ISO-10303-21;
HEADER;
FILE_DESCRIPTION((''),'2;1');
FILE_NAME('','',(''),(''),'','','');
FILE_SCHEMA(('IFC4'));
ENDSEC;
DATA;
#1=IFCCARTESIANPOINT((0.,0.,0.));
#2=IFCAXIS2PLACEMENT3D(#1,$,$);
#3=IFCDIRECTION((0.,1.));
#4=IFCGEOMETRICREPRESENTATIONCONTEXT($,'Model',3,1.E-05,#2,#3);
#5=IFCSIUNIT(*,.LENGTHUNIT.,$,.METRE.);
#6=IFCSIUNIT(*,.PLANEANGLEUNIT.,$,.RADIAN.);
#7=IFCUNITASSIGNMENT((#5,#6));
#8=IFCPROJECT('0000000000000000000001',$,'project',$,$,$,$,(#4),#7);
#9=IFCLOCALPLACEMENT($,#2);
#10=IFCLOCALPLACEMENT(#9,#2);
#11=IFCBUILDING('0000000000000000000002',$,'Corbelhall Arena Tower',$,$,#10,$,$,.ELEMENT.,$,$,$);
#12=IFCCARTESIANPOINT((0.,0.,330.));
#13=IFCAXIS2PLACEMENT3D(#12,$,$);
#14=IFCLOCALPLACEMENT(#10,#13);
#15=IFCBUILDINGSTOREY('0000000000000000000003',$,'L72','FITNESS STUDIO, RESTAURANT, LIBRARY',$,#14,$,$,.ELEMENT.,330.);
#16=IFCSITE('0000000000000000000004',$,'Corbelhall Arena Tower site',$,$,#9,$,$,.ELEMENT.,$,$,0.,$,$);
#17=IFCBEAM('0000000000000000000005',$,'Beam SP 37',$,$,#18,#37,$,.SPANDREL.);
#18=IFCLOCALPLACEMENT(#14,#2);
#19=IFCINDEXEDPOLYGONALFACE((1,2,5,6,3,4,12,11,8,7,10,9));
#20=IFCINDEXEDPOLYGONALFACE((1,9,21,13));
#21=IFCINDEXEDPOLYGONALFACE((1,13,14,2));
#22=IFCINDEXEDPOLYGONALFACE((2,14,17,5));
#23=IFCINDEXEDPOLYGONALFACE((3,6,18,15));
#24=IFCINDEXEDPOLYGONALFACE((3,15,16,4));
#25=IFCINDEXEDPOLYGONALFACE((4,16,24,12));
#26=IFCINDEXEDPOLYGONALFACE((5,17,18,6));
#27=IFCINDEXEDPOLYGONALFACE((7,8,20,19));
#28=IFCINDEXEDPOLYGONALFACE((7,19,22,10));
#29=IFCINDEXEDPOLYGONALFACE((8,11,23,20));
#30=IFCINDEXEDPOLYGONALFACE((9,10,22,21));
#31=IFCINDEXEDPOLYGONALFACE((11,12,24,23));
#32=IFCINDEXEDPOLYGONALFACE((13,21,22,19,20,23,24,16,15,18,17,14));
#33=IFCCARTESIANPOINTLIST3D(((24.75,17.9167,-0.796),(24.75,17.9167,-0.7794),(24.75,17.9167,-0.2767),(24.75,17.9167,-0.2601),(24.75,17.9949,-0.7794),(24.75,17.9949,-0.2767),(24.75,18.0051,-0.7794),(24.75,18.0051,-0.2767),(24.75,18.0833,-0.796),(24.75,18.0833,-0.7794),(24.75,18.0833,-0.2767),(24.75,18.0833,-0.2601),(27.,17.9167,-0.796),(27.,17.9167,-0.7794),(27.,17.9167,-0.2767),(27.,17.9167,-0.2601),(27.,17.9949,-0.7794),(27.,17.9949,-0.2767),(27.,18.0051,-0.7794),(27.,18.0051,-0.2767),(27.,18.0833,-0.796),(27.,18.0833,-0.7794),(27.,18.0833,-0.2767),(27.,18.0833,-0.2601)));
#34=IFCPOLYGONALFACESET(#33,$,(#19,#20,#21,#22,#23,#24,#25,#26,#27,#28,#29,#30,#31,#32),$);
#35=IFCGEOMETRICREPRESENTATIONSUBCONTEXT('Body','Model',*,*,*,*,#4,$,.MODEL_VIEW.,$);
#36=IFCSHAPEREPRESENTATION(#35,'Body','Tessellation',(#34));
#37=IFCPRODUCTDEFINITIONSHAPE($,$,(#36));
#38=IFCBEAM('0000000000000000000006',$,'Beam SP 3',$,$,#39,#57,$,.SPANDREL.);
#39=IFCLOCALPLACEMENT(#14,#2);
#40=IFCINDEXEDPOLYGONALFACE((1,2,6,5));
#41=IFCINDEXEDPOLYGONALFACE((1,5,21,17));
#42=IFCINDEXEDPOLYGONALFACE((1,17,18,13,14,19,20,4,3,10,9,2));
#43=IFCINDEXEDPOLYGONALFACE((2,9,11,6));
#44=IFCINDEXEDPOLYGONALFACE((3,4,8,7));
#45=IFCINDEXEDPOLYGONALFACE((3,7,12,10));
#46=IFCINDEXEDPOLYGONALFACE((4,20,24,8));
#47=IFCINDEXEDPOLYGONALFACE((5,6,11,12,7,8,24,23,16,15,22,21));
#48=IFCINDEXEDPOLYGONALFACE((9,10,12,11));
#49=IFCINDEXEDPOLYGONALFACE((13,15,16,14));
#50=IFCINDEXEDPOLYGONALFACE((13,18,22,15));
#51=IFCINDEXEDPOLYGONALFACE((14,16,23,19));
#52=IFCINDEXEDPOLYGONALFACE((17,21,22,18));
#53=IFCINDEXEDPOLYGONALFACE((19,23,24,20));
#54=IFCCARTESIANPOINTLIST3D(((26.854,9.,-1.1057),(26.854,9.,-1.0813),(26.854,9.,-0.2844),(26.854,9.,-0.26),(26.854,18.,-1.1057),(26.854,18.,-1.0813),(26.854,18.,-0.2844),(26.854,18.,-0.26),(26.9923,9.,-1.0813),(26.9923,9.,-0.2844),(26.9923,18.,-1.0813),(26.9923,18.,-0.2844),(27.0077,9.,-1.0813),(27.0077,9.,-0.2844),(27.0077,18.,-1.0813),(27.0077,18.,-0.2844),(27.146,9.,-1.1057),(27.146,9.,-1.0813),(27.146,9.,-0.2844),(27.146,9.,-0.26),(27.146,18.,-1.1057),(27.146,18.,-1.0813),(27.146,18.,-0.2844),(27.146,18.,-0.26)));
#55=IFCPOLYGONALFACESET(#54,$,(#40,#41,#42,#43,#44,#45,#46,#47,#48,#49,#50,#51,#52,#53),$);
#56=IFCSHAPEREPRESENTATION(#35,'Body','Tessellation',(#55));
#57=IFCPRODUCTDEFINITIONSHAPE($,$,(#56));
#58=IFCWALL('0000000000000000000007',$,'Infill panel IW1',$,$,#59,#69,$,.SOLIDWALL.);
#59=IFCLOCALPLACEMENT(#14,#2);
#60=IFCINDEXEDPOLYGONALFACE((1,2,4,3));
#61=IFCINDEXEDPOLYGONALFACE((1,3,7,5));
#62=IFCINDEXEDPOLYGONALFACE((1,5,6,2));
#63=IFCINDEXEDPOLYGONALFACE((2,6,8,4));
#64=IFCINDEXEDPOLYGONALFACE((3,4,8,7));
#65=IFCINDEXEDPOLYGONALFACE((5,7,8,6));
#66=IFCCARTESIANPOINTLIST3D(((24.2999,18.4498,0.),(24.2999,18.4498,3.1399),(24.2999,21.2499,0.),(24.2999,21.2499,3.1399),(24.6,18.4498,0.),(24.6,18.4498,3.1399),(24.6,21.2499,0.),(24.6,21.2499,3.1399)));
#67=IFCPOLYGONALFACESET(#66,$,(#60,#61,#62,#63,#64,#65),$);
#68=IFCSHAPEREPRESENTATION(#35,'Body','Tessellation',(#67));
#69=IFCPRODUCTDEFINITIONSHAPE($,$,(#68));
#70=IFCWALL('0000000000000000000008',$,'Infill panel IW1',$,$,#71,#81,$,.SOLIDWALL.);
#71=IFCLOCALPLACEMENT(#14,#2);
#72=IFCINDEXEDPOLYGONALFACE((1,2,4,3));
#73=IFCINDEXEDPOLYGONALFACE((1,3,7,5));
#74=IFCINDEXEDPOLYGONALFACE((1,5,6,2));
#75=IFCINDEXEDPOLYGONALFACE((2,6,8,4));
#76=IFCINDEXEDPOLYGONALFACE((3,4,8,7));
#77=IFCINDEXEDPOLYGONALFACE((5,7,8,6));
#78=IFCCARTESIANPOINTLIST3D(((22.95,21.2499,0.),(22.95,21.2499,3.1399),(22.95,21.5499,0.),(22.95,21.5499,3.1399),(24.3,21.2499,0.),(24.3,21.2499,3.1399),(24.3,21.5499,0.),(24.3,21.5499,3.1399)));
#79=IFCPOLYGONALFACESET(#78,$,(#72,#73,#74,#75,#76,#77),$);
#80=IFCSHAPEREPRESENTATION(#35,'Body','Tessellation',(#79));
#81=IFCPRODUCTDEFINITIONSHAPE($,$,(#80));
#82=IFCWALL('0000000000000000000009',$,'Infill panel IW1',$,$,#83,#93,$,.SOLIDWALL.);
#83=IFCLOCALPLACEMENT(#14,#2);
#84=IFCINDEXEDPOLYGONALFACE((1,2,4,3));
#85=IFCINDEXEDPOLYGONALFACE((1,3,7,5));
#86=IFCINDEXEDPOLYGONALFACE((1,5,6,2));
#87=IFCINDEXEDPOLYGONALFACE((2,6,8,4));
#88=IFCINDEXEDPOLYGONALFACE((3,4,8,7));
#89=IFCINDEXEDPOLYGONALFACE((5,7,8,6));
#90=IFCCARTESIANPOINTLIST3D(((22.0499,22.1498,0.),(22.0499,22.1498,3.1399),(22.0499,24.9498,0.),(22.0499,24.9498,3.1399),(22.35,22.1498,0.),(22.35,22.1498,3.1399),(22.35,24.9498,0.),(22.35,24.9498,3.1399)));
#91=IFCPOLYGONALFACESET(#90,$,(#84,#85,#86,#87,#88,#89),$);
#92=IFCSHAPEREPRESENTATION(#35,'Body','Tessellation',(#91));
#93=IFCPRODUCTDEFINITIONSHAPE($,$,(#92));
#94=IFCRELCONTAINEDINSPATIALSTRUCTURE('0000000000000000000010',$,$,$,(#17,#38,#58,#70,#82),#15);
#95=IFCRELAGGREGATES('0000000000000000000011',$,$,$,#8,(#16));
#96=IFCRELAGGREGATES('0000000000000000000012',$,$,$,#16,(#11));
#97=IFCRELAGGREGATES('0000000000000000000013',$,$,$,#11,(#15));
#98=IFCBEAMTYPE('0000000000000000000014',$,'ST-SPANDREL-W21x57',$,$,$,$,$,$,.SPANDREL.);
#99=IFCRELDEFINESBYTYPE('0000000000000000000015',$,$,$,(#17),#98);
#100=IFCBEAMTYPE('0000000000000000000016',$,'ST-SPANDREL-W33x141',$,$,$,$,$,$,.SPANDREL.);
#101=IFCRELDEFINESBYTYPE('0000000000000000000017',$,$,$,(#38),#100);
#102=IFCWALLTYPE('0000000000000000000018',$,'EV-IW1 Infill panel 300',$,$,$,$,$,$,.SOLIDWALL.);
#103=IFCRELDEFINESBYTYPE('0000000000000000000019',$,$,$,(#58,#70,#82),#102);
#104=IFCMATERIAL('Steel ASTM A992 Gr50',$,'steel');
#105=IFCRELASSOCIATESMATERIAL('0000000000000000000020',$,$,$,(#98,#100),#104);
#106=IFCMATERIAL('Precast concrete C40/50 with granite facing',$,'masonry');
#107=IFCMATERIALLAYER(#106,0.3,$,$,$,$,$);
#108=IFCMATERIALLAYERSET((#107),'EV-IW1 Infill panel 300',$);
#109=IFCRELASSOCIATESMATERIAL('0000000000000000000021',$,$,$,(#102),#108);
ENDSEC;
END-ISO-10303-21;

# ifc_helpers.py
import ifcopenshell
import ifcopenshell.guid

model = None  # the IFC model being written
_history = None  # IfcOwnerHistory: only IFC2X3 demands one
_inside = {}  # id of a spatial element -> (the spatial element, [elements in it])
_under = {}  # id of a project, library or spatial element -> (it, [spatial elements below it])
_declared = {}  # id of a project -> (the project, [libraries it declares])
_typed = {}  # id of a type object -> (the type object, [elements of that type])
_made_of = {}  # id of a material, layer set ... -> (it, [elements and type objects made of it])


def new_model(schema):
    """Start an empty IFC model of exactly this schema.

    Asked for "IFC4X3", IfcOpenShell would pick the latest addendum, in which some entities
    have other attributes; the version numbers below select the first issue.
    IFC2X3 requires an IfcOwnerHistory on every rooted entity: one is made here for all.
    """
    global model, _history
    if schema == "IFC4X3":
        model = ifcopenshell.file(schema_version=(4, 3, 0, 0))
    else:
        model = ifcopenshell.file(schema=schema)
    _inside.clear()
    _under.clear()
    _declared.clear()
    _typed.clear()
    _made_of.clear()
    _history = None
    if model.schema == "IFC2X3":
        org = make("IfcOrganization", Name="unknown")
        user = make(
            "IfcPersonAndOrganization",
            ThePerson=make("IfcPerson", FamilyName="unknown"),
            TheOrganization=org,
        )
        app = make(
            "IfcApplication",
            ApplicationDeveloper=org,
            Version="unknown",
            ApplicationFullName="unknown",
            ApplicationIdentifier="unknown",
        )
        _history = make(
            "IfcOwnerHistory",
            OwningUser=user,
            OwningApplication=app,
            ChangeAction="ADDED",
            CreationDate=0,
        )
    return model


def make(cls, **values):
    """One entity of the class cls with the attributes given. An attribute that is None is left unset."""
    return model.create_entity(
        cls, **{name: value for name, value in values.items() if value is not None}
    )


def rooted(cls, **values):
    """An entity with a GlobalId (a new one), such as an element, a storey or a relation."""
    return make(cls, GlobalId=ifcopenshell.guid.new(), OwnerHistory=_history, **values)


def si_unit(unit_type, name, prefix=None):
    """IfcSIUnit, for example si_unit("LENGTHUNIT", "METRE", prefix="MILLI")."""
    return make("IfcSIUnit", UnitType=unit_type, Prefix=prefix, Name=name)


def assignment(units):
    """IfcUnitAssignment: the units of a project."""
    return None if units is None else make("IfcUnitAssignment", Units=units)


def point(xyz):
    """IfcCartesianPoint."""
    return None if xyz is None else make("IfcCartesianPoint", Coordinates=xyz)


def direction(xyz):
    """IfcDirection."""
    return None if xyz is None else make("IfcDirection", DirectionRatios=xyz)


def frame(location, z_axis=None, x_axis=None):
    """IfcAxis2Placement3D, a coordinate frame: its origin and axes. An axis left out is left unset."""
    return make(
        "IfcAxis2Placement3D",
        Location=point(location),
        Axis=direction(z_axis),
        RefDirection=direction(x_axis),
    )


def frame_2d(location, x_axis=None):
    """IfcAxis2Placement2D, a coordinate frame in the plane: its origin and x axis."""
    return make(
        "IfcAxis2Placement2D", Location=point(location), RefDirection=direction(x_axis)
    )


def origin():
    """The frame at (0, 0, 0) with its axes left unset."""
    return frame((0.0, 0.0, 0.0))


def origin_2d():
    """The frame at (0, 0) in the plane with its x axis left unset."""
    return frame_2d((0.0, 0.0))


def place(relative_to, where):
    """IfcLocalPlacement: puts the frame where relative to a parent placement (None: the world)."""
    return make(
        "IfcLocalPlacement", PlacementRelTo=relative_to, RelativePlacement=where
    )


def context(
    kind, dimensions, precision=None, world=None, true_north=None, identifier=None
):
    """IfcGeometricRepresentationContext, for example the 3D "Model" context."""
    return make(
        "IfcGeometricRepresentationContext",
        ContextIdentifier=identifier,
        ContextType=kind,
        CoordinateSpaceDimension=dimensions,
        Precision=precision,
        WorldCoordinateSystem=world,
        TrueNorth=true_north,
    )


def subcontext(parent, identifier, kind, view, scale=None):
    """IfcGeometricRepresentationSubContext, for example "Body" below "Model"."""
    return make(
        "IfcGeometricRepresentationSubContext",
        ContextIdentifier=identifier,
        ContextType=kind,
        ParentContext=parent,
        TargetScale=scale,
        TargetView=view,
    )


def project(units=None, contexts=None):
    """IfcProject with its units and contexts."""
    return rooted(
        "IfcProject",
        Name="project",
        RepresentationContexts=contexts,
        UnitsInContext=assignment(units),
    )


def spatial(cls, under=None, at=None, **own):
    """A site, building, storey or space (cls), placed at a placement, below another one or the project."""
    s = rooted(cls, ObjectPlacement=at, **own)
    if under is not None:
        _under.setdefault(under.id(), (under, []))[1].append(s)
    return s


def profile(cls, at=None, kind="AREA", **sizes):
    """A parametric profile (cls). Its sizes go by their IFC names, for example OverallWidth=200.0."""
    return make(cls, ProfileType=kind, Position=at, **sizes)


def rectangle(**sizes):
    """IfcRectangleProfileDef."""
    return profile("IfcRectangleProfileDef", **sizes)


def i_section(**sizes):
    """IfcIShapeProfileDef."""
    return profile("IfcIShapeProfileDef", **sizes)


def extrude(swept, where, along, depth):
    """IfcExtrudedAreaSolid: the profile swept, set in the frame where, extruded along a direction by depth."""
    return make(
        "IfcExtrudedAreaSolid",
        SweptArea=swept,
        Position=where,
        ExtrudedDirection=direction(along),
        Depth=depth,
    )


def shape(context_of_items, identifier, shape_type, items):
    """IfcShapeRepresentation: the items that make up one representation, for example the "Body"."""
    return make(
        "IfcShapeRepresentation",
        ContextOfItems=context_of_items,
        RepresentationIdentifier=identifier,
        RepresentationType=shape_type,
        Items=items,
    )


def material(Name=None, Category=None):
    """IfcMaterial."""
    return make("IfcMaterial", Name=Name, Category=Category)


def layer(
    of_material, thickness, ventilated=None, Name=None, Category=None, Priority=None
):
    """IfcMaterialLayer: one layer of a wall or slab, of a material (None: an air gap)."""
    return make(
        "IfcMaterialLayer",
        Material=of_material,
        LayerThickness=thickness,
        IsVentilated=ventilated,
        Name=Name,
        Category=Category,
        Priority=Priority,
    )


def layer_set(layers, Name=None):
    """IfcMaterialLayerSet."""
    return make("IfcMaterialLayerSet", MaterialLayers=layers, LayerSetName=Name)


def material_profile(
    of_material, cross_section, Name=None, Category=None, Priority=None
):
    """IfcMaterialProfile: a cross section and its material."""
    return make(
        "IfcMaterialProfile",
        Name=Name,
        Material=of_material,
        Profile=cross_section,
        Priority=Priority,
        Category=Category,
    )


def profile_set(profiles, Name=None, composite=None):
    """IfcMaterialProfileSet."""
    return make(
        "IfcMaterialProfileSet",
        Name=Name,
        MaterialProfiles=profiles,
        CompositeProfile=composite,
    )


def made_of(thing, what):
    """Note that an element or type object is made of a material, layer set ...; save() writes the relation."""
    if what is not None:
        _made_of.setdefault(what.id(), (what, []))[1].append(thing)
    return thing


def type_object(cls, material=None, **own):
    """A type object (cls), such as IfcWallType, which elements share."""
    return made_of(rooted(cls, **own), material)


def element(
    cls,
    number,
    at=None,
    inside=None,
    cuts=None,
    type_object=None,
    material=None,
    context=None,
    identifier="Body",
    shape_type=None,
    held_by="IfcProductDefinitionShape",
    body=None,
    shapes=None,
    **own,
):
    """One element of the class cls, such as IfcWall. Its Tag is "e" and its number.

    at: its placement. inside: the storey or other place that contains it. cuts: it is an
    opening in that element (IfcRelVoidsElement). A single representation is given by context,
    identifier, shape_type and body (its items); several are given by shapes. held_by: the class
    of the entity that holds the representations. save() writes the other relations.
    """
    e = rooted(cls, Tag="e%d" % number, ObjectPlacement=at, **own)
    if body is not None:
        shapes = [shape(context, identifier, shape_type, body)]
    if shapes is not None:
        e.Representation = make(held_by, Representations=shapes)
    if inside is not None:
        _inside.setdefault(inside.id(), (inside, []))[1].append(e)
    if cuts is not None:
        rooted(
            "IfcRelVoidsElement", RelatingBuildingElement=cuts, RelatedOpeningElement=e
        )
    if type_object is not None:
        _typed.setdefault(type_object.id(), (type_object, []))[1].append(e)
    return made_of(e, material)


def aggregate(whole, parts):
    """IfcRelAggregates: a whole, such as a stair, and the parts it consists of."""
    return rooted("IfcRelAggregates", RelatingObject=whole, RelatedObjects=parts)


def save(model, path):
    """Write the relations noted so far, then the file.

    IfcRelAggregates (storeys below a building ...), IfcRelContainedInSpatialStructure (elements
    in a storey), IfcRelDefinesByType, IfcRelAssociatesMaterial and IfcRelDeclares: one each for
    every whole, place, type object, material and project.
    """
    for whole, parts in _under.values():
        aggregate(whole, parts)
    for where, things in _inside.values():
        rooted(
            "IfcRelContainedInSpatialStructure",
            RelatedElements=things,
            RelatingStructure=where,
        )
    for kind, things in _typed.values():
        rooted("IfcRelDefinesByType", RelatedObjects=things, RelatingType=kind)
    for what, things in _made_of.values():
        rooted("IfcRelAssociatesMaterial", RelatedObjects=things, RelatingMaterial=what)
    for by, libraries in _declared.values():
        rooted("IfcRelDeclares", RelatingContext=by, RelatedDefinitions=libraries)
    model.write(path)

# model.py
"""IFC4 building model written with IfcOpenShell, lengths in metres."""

from ifc_helpers import new_model, si_unit, direction, frame, frame_2d, origin, origin_2d, place, context, subcontext, project, spatial, rectangle, i_section, extrude, material, layer, layer_set, material_profile, profile_set, type_object, element, save


model = new_model("IFC4")

# Units and contexts
model_context = context("Model", 3, precision=1e-05, world=origin(), true_north=direction((0.0, 1.0)))
body_context = subcontext(model_context, "Body", "Model", "MODEL_VIEW")
ifc_project = project(units=[si_unit("LENGTHUNIT", "METRE"), si_unit("PLANEANGLEUNIT", "RADIAN")], contexts=[model_context])

# Site, building, storey
site_placement = place(None, origin())
site = spatial("IfcSite", under=ifc_project, at=site_placement, Name="Corbelhall Arena Tower site", CompositionType="ELEMENT", RefElevation=0.0)
building_placement = place(site_placement, origin())
building = spatial("IfcBuilding", under=site, at=building_placement, Name="Corbelhall Arena Tower", CompositionType="ELEMENT")
storey_placement = place(building_placement, frame((0.0, 0.0, 330.0)))
storey = spatial("IfcBuildingStorey", under=building, at=storey_placement, Name="L72", Description="FITNESS STUDIO, RESTAURANT, LIBRARY", CompositionType="ELEMENT", Elevation=330.0)

# Beams
ifc_material_1 = material(Name="Steel ASTM A992 Gr50", Category="steel")
ifc_material_profile_1 = material_profile(ifc_material_1, i_section(OverallWidth=0.1665, OverallDepth=0.5359, WebThickness=0.0103, FlangeThickness=0.0166, at=origin_2d()))
ifc_profile_set_1 = profile_set([ifc_material_profile_1], Name="Steel ASTM A992 Gr50")
beam_type_1 = type_object("IfcBeamType", Name="ST-SPANDREL-W21x57", PredefinedType="SPANDREL", material=ifc_profile_set_1)
beam_1_placement = place(storey_placement, frame((24.75, 18.0, -0.5281), z_axis=(1.0, 0.0, 0.0), x_axis=(0.0, 1.0, 0.0)))
element("IfcBeam", 1, at=beam_1_placement, inside=storey, type_object=beam_type_1, Name="Beam SP 37", PredefinedType="SPANDREL", context=body_context, shape_type="SweptSolid", body=[
    extrude(i_section(OverallWidth=0.1665, OverallDepth=0.5359, WebThickness=0.0103, FlangeThickness=0.0166, at=origin_2d()), origin(), (0.0, 0.0, 1.0), 2.25),
])
ifc_material_profile_2 = material_profile(ifc_material_1, i_section(OverallWidth=0.292, OverallDepth=0.8457, WebThickness=0.0154, FlangeThickness=0.0244, at=origin_2d()))
ifc_profile_set_2 = profile_set([ifc_material_profile_2], Name="Steel ASTM A992 Gr50")
beam_type_2 = type_object("IfcBeamType", Name="ST-SPANDREL-W33x141", PredefinedType="SPANDREL", material=ifc_profile_set_2)
beam_2_placement = place(storey_placement, frame((27.0, 18.0, -0.6829), z_axis=(0.0, -1.0, 0.0), x_axis=(1.0, 0.0, 0.0)))
element("IfcBeam", 2, at=beam_2_placement, inside=storey, type_object=beam_type_2, Name="Beam SP 3", PredefinedType="SPANDREL", context=body_context, shape_type="SweptSolid", body=[
    extrude(i_section(OverallWidth=0.292, OverallDepth=0.8457, WebThickness=0.0154, FlangeThickness=0.0244, at=origin_2d()), origin(), (0.0, 0.0, 1.0), 9.0),
])

# Walls
ifc_material_2 = material(Name="Precast concrete C40/50 with granite facing", Category="masonry")
ifc_layer_1 = layer(ifc_material_2, 0.3)
ifc_layer_set_1 = layer_set([ifc_layer_1], Name="EV-IW1 Infill panel 300")
wall_type_1 = type_object("IfcWallType", Name="EV-IW1 Infill panel 300", PredefinedType="SOLIDWALL", material=ifc_layer_set_1)
wall_1_placement = place(storey_placement, frame((24.45, 18.45, 0.0), z_axis=(0.0, 0.0, 1.0), x_axis=(0.0, 1.0, 0.0)))
element("IfcWall", 3, at=wall_1_placement, inside=storey, type_object=wall_type_1, Name="Infill panel IW1", PredefinedType="SOLIDWALL", context=body_context, shape_type="SweptSolid", body=[
    extrude(rectangle(XDim=2.8, YDim=0.3, at=frame_2d((1.3999, 0.0))), origin(), (0.0, 0.0, 1.0), 3.1399),
])
wall_2_placement = place(storey_placement, frame((24.3, 21.3999, 0.0), z_axis=(0.0, 0.0, 1.0), x_axis=(-1.0, 0.0, 0.0)))
element("IfcWall", 4, at=wall_2_placement, inside=storey, type_object=wall_type_1, Name="Infill panel IW1", PredefinedType="SOLIDWALL", context=body_context, shape_type="SweptSolid", body=[
    extrude(rectangle(XDim=1.3501, YDim=0.3, at=frame_2d((0.675, 0.0))), origin(), (0.0, 0.0, 1.0), 3.1399),
])
wall_3_placement = place(storey_placement, frame((22.2, 22.1499, 0.0), z_axis=(0.0, 0.0, 1.0), x_axis=(0.0, 1.0, 0.0)))
element("IfcWall", 5, at=wall_3_placement, inside=storey, type_object=wall_type_1, Name="Infill panel IW1", PredefinedType="SOLIDWALL", context=body_context, shape_type="SweptSolid", body=[
    extrude(rectangle(XDim=2.8, YDim=0.3, at=frame_2d((1.3999, 0.0))), origin(), (0.0, 0.0, 1.0), 3.1399),
])

save(model, "model.ifc")
